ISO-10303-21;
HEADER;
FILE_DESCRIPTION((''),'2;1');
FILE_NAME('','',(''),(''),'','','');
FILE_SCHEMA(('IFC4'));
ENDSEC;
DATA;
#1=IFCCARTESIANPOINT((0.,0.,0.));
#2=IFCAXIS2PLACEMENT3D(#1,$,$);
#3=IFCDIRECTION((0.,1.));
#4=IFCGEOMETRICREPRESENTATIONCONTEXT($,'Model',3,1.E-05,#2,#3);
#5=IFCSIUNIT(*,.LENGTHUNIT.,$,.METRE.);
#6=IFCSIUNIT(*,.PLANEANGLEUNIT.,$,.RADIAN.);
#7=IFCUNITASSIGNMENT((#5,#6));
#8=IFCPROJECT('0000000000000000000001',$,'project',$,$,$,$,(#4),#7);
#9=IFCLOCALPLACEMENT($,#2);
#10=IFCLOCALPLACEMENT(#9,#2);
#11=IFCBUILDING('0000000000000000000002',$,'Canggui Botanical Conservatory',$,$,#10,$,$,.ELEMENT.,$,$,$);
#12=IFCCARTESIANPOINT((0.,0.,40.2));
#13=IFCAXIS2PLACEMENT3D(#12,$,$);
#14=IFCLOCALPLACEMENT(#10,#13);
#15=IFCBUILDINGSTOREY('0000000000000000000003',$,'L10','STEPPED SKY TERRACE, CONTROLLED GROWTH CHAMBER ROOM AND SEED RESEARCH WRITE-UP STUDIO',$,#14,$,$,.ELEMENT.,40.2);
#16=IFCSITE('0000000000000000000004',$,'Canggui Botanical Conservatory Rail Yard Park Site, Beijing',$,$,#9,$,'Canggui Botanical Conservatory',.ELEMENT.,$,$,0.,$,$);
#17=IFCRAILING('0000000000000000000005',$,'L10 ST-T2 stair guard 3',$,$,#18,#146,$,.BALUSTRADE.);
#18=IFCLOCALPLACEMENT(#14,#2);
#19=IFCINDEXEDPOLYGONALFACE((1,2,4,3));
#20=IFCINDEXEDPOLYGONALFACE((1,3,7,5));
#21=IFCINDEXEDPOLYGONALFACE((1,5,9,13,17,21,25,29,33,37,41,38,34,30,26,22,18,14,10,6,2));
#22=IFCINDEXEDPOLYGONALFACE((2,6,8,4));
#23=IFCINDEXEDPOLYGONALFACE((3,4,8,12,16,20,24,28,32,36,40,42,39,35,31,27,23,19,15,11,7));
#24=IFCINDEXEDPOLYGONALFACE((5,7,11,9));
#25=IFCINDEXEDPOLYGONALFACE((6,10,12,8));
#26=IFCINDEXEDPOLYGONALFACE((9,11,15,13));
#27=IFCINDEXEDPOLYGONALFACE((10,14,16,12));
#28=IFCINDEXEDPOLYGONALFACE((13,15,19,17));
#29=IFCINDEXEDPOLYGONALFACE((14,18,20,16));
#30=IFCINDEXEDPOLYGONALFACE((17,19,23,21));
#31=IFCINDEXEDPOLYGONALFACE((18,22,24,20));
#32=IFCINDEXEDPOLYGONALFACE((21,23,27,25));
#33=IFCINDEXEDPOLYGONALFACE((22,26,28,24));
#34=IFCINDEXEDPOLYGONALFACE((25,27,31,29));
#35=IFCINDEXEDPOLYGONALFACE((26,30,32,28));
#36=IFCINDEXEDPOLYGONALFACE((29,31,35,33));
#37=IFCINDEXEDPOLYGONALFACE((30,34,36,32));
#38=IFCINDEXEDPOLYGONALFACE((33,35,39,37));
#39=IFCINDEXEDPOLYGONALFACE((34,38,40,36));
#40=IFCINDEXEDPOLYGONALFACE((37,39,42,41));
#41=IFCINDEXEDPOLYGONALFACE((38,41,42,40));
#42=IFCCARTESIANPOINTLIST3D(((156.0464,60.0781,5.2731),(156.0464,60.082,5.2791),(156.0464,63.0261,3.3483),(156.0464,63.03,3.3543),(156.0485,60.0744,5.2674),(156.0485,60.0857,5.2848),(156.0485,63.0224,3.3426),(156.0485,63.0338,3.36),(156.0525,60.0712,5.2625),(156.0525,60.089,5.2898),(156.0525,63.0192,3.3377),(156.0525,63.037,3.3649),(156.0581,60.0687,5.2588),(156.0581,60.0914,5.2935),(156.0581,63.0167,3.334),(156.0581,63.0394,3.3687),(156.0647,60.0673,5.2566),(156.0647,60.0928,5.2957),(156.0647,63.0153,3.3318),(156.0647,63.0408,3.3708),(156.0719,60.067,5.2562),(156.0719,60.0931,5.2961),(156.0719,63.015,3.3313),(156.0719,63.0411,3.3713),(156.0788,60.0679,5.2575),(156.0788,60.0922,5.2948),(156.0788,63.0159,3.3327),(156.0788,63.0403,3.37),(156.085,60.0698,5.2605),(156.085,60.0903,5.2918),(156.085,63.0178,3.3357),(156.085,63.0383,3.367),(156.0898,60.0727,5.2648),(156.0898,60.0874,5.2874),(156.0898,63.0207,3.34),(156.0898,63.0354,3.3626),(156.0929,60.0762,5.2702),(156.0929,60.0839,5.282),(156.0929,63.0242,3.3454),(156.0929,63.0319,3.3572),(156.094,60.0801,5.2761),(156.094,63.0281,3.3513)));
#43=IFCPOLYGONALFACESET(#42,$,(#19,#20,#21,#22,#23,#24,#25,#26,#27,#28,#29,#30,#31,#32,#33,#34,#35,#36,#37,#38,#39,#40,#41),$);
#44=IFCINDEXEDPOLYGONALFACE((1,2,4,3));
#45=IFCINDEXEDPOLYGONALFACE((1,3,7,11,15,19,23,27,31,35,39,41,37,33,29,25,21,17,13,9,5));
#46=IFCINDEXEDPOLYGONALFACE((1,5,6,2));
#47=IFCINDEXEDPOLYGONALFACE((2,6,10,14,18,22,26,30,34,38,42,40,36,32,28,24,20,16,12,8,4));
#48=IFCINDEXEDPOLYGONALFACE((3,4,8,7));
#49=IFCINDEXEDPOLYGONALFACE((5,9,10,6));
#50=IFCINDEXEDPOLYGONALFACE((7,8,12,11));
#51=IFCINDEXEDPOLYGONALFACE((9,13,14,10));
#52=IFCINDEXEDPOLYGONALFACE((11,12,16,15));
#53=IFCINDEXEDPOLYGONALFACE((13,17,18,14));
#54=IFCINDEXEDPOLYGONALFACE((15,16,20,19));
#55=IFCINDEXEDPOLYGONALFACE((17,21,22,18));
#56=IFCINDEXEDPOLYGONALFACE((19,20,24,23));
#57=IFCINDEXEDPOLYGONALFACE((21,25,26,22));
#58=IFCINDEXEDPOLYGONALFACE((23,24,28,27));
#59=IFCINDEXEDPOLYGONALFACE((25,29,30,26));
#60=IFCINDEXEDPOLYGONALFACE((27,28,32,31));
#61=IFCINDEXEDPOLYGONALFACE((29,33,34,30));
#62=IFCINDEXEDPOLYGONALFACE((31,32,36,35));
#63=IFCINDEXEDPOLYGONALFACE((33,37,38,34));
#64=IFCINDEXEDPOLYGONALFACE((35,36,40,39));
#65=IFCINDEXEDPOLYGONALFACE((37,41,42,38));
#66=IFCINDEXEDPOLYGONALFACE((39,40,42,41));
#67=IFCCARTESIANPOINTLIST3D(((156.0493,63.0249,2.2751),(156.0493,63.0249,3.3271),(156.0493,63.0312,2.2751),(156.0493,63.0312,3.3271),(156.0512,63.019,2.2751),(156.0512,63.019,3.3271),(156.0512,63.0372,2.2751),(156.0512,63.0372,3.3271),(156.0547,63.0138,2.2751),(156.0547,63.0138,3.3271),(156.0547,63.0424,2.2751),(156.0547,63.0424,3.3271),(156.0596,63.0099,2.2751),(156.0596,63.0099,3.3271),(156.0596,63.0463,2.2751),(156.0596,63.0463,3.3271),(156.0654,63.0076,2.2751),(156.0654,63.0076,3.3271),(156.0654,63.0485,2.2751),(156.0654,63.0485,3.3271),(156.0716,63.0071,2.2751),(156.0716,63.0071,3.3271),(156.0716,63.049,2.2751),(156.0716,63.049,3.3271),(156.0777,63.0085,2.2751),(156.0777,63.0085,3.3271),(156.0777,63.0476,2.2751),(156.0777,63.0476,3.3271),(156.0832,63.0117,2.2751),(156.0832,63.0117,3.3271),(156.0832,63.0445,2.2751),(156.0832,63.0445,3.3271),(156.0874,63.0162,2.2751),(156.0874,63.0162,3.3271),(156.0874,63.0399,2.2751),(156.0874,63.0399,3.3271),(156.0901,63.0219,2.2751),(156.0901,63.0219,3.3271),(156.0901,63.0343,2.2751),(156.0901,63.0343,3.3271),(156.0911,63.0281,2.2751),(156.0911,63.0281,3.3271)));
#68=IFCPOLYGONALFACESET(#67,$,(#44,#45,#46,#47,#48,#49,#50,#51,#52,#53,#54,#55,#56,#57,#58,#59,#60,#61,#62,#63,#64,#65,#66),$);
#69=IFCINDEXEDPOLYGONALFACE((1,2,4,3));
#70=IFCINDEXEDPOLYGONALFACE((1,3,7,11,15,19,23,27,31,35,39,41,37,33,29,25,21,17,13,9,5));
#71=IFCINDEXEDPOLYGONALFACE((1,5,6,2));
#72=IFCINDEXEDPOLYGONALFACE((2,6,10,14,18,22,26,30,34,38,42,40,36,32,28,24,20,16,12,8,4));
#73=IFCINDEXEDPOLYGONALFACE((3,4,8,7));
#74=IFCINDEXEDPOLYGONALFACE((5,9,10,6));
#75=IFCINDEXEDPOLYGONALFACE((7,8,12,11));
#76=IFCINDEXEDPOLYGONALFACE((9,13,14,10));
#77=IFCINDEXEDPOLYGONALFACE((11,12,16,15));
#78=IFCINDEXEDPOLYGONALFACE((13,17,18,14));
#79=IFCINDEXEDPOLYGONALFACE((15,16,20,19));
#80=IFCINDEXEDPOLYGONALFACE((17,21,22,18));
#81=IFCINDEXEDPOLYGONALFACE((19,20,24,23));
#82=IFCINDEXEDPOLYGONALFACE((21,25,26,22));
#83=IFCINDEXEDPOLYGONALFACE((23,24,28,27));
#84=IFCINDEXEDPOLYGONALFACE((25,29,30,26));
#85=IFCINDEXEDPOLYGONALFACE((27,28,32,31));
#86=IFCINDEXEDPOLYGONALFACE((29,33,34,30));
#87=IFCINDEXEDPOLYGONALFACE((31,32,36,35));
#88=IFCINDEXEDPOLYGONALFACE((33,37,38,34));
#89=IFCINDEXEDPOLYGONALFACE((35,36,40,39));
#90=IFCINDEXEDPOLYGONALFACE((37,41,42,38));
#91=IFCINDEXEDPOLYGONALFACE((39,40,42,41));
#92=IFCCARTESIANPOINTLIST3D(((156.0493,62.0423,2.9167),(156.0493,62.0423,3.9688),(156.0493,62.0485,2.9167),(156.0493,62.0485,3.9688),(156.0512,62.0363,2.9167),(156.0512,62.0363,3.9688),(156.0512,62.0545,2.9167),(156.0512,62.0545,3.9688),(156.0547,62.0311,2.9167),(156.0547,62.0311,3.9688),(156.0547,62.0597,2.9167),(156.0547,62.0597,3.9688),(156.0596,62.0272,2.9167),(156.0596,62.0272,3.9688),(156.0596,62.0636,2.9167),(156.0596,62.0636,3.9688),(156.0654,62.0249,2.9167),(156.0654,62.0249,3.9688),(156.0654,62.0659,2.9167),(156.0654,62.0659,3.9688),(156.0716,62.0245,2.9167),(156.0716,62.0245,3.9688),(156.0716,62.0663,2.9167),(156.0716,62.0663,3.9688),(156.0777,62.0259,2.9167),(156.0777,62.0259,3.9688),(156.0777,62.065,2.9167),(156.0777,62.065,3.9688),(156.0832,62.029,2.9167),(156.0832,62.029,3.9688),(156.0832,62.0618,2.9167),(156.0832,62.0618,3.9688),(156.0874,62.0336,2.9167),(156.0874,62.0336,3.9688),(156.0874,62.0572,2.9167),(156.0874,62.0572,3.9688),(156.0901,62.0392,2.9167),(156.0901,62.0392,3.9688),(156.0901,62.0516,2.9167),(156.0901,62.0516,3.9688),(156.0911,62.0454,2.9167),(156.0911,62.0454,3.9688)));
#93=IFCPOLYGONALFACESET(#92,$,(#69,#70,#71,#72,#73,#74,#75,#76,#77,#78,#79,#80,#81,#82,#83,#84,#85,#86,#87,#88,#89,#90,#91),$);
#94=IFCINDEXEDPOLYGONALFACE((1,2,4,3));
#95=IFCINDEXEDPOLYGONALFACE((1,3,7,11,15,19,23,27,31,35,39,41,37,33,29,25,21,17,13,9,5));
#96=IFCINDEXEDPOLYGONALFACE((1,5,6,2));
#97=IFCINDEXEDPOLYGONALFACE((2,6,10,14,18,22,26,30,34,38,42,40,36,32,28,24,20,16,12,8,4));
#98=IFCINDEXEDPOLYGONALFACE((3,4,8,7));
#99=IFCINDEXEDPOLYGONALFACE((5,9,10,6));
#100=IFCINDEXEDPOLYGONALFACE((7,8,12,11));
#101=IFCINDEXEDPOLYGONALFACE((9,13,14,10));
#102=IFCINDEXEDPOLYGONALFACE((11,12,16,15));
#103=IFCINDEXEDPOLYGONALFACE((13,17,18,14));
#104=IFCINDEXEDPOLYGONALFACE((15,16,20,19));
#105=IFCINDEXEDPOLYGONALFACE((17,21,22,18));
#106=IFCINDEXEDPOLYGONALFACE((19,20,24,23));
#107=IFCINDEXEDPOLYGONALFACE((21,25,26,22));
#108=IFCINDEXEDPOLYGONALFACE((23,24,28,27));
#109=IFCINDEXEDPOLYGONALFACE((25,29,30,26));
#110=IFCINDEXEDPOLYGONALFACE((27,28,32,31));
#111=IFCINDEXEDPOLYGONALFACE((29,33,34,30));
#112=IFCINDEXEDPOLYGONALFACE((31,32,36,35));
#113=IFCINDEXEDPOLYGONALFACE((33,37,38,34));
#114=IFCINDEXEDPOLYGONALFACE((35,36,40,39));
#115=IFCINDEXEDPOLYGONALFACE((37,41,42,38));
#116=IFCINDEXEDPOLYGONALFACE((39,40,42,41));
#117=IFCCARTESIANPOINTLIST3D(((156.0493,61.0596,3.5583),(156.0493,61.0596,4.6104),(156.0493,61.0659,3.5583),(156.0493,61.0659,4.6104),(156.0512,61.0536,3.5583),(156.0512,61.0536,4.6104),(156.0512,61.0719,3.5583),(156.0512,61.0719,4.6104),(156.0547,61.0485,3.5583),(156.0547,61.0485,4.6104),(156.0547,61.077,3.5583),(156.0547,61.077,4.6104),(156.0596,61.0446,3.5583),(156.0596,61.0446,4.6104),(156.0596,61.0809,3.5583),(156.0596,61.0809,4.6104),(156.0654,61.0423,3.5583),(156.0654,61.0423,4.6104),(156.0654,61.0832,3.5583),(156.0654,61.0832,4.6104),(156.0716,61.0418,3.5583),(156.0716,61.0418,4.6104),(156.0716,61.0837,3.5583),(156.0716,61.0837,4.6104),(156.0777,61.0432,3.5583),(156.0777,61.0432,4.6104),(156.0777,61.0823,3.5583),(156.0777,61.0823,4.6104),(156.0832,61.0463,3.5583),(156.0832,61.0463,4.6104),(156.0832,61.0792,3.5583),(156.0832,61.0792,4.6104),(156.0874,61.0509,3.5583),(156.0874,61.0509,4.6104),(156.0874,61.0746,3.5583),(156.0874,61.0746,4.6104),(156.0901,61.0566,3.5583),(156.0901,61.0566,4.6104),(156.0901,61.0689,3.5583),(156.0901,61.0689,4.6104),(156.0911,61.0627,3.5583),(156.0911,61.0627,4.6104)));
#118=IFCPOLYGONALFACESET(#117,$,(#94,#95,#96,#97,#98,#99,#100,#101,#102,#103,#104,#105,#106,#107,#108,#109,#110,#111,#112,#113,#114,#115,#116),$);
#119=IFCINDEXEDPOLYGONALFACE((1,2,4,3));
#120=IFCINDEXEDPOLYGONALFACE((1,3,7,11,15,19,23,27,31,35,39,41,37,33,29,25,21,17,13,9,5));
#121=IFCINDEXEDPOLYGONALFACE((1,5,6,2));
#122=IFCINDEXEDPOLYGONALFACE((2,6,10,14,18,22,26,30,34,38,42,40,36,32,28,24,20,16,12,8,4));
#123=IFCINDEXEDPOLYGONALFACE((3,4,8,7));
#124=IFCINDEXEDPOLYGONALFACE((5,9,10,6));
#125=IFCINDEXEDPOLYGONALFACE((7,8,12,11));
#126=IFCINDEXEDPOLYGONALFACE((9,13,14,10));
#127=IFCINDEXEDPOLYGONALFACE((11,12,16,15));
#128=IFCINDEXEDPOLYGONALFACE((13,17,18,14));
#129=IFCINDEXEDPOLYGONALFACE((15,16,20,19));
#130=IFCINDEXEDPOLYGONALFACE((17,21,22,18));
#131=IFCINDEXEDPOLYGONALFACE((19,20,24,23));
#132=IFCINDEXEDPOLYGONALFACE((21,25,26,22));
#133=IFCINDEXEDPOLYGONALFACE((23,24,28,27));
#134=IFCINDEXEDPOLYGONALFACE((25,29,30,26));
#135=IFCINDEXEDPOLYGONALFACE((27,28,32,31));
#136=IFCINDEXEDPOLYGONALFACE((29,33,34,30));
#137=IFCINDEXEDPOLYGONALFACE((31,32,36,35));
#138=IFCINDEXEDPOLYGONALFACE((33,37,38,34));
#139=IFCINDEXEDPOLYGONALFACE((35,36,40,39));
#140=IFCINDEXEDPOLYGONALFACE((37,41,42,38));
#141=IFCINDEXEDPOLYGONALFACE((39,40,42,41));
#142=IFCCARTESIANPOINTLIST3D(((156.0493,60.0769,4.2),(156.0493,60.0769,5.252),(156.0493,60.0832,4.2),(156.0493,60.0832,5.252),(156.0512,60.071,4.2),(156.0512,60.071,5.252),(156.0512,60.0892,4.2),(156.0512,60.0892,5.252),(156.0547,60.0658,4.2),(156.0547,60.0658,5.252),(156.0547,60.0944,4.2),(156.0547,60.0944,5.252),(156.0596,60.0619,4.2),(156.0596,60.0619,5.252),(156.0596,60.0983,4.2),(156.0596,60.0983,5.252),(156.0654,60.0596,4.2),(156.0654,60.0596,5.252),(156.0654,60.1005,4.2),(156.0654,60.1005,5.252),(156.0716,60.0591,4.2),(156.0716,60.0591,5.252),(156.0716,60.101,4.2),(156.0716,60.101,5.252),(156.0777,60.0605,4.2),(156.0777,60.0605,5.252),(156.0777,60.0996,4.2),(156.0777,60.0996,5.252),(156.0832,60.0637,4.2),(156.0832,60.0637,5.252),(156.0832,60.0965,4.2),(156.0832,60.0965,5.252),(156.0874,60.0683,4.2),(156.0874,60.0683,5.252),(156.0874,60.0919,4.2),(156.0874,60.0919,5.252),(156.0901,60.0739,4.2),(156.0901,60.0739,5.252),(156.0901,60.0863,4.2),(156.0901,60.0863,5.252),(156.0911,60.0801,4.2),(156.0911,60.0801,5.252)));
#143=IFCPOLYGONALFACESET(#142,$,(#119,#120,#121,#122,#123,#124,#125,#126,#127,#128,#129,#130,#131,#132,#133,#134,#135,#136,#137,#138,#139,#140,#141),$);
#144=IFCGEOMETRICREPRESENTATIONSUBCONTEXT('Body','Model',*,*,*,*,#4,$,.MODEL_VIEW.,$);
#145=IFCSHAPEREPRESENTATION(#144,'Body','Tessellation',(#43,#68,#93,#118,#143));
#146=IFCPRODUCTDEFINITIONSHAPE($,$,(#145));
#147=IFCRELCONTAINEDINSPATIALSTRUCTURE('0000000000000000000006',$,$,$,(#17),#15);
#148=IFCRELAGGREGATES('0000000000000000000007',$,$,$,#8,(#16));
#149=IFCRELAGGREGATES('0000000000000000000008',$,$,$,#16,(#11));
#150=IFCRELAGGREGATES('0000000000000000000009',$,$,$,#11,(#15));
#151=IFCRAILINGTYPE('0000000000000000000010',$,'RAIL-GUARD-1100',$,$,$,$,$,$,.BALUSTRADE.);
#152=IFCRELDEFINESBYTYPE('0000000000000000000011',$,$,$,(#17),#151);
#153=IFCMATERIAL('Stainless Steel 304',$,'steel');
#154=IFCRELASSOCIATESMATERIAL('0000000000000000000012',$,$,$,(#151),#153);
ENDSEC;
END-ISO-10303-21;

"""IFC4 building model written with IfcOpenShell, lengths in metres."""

from ifc_helpers import new_model, si_unit, direction, frame, origin, origin_2d, place, context, subcontext, project, spatial, circle, extrude, material, type_object, element, save


model = new_model("IFC4")

# Units and contexts
model_context = context("Model", 3, precision=1e-05, world=origin(), true_north=direction((0.0, 1.0)))
body_context = subcontext(model_context, "Body", "Model", "MODEL_VIEW")
ifc_project = project(units=[si_unit("LENGTHUNIT", "METRE"), si_unit("PLANEANGLEUNIT", "RADIAN")], contexts=[model_context])

# Site, building, storey
site_placement = place(None, origin())
site = spatial("IfcSite", under=ifc_project, at=site_placement, Name="Canggui Botanical Conservatory Rail Yard Park Site, Beijing", LongName="Canggui Botanical Conservatory", CompositionType="ELEMENT", RefElevation=0.0)
building_placement = place(site_placement, origin())
building = spatial("IfcBuilding", under=site, at=building_placement, Name="Canggui Botanical Conservatory", CompositionType="ELEMENT")
storey_placement = place(building_placement, frame((0.0, 0.0, 40.2)))
storey = spatial("IfcBuildingStorey", under=building, at=storey_placement, Name="L10", Description="STEPPED SKY TERRACE, CONTROLLED GROWTH CHAMBER ROOM AND SEED RESEARCH WRITE-UP STUDIO", CompositionType="ELEMENT", Elevation=40.2)

# Railing
ifc_material_1 = material(Name="Stainless Steel 304", Category="steel")
railing_type_1 = type_object("IfcRailingType", Name="RAIL-GUARD-1100", PredefinedType="BALUSTRADE", material=ifc_material_1)
railing_1_placement = place(storey_placement, frame((156.0701, 63.0281, 2.2751)))
element("IfcRailing", 1, at=railing_1_placement, inside=storey, type_object=railing_type_1, Name="L10 ST-T2 stair guard 3", PredefinedType="BALUSTRADE", context=body_context, shape_type="SweptSolid", body=[
    extrude(circle(Radius=0.0239, at=origin_2d()), frame((0.0, 0.0, 1.0762), z_axis=(0.0, -0.837325, 0.546706), x_axis=(1.0, 0.0, 0.0)), (0.0, 0.0, 1.0), 3.5208),
    extrude(circle(Radius=0.021, at=origin_2d()), origin(), (0.0, 0.0, 1.0), 1.052),
    extrude(circle(Radius=0.021, at=origin_2d()), frame((0.0, -0.9827, 0.6416)), (0.0, 0.0, 1.0), 1.052),
    extrude(circle(Radius=0.021, at=origin_2d()), frame((0.0, -1.9653, 1.2832)), (0.0, 0.0, 1.0), 1.052),
    extrude(circle(Radius=0.021, at=origin_2d()), frame((0.0, -2.948, 1.9248)), (0.0, 0.0, 1.0), 1.052),
])

save(model, "model.ifc")
